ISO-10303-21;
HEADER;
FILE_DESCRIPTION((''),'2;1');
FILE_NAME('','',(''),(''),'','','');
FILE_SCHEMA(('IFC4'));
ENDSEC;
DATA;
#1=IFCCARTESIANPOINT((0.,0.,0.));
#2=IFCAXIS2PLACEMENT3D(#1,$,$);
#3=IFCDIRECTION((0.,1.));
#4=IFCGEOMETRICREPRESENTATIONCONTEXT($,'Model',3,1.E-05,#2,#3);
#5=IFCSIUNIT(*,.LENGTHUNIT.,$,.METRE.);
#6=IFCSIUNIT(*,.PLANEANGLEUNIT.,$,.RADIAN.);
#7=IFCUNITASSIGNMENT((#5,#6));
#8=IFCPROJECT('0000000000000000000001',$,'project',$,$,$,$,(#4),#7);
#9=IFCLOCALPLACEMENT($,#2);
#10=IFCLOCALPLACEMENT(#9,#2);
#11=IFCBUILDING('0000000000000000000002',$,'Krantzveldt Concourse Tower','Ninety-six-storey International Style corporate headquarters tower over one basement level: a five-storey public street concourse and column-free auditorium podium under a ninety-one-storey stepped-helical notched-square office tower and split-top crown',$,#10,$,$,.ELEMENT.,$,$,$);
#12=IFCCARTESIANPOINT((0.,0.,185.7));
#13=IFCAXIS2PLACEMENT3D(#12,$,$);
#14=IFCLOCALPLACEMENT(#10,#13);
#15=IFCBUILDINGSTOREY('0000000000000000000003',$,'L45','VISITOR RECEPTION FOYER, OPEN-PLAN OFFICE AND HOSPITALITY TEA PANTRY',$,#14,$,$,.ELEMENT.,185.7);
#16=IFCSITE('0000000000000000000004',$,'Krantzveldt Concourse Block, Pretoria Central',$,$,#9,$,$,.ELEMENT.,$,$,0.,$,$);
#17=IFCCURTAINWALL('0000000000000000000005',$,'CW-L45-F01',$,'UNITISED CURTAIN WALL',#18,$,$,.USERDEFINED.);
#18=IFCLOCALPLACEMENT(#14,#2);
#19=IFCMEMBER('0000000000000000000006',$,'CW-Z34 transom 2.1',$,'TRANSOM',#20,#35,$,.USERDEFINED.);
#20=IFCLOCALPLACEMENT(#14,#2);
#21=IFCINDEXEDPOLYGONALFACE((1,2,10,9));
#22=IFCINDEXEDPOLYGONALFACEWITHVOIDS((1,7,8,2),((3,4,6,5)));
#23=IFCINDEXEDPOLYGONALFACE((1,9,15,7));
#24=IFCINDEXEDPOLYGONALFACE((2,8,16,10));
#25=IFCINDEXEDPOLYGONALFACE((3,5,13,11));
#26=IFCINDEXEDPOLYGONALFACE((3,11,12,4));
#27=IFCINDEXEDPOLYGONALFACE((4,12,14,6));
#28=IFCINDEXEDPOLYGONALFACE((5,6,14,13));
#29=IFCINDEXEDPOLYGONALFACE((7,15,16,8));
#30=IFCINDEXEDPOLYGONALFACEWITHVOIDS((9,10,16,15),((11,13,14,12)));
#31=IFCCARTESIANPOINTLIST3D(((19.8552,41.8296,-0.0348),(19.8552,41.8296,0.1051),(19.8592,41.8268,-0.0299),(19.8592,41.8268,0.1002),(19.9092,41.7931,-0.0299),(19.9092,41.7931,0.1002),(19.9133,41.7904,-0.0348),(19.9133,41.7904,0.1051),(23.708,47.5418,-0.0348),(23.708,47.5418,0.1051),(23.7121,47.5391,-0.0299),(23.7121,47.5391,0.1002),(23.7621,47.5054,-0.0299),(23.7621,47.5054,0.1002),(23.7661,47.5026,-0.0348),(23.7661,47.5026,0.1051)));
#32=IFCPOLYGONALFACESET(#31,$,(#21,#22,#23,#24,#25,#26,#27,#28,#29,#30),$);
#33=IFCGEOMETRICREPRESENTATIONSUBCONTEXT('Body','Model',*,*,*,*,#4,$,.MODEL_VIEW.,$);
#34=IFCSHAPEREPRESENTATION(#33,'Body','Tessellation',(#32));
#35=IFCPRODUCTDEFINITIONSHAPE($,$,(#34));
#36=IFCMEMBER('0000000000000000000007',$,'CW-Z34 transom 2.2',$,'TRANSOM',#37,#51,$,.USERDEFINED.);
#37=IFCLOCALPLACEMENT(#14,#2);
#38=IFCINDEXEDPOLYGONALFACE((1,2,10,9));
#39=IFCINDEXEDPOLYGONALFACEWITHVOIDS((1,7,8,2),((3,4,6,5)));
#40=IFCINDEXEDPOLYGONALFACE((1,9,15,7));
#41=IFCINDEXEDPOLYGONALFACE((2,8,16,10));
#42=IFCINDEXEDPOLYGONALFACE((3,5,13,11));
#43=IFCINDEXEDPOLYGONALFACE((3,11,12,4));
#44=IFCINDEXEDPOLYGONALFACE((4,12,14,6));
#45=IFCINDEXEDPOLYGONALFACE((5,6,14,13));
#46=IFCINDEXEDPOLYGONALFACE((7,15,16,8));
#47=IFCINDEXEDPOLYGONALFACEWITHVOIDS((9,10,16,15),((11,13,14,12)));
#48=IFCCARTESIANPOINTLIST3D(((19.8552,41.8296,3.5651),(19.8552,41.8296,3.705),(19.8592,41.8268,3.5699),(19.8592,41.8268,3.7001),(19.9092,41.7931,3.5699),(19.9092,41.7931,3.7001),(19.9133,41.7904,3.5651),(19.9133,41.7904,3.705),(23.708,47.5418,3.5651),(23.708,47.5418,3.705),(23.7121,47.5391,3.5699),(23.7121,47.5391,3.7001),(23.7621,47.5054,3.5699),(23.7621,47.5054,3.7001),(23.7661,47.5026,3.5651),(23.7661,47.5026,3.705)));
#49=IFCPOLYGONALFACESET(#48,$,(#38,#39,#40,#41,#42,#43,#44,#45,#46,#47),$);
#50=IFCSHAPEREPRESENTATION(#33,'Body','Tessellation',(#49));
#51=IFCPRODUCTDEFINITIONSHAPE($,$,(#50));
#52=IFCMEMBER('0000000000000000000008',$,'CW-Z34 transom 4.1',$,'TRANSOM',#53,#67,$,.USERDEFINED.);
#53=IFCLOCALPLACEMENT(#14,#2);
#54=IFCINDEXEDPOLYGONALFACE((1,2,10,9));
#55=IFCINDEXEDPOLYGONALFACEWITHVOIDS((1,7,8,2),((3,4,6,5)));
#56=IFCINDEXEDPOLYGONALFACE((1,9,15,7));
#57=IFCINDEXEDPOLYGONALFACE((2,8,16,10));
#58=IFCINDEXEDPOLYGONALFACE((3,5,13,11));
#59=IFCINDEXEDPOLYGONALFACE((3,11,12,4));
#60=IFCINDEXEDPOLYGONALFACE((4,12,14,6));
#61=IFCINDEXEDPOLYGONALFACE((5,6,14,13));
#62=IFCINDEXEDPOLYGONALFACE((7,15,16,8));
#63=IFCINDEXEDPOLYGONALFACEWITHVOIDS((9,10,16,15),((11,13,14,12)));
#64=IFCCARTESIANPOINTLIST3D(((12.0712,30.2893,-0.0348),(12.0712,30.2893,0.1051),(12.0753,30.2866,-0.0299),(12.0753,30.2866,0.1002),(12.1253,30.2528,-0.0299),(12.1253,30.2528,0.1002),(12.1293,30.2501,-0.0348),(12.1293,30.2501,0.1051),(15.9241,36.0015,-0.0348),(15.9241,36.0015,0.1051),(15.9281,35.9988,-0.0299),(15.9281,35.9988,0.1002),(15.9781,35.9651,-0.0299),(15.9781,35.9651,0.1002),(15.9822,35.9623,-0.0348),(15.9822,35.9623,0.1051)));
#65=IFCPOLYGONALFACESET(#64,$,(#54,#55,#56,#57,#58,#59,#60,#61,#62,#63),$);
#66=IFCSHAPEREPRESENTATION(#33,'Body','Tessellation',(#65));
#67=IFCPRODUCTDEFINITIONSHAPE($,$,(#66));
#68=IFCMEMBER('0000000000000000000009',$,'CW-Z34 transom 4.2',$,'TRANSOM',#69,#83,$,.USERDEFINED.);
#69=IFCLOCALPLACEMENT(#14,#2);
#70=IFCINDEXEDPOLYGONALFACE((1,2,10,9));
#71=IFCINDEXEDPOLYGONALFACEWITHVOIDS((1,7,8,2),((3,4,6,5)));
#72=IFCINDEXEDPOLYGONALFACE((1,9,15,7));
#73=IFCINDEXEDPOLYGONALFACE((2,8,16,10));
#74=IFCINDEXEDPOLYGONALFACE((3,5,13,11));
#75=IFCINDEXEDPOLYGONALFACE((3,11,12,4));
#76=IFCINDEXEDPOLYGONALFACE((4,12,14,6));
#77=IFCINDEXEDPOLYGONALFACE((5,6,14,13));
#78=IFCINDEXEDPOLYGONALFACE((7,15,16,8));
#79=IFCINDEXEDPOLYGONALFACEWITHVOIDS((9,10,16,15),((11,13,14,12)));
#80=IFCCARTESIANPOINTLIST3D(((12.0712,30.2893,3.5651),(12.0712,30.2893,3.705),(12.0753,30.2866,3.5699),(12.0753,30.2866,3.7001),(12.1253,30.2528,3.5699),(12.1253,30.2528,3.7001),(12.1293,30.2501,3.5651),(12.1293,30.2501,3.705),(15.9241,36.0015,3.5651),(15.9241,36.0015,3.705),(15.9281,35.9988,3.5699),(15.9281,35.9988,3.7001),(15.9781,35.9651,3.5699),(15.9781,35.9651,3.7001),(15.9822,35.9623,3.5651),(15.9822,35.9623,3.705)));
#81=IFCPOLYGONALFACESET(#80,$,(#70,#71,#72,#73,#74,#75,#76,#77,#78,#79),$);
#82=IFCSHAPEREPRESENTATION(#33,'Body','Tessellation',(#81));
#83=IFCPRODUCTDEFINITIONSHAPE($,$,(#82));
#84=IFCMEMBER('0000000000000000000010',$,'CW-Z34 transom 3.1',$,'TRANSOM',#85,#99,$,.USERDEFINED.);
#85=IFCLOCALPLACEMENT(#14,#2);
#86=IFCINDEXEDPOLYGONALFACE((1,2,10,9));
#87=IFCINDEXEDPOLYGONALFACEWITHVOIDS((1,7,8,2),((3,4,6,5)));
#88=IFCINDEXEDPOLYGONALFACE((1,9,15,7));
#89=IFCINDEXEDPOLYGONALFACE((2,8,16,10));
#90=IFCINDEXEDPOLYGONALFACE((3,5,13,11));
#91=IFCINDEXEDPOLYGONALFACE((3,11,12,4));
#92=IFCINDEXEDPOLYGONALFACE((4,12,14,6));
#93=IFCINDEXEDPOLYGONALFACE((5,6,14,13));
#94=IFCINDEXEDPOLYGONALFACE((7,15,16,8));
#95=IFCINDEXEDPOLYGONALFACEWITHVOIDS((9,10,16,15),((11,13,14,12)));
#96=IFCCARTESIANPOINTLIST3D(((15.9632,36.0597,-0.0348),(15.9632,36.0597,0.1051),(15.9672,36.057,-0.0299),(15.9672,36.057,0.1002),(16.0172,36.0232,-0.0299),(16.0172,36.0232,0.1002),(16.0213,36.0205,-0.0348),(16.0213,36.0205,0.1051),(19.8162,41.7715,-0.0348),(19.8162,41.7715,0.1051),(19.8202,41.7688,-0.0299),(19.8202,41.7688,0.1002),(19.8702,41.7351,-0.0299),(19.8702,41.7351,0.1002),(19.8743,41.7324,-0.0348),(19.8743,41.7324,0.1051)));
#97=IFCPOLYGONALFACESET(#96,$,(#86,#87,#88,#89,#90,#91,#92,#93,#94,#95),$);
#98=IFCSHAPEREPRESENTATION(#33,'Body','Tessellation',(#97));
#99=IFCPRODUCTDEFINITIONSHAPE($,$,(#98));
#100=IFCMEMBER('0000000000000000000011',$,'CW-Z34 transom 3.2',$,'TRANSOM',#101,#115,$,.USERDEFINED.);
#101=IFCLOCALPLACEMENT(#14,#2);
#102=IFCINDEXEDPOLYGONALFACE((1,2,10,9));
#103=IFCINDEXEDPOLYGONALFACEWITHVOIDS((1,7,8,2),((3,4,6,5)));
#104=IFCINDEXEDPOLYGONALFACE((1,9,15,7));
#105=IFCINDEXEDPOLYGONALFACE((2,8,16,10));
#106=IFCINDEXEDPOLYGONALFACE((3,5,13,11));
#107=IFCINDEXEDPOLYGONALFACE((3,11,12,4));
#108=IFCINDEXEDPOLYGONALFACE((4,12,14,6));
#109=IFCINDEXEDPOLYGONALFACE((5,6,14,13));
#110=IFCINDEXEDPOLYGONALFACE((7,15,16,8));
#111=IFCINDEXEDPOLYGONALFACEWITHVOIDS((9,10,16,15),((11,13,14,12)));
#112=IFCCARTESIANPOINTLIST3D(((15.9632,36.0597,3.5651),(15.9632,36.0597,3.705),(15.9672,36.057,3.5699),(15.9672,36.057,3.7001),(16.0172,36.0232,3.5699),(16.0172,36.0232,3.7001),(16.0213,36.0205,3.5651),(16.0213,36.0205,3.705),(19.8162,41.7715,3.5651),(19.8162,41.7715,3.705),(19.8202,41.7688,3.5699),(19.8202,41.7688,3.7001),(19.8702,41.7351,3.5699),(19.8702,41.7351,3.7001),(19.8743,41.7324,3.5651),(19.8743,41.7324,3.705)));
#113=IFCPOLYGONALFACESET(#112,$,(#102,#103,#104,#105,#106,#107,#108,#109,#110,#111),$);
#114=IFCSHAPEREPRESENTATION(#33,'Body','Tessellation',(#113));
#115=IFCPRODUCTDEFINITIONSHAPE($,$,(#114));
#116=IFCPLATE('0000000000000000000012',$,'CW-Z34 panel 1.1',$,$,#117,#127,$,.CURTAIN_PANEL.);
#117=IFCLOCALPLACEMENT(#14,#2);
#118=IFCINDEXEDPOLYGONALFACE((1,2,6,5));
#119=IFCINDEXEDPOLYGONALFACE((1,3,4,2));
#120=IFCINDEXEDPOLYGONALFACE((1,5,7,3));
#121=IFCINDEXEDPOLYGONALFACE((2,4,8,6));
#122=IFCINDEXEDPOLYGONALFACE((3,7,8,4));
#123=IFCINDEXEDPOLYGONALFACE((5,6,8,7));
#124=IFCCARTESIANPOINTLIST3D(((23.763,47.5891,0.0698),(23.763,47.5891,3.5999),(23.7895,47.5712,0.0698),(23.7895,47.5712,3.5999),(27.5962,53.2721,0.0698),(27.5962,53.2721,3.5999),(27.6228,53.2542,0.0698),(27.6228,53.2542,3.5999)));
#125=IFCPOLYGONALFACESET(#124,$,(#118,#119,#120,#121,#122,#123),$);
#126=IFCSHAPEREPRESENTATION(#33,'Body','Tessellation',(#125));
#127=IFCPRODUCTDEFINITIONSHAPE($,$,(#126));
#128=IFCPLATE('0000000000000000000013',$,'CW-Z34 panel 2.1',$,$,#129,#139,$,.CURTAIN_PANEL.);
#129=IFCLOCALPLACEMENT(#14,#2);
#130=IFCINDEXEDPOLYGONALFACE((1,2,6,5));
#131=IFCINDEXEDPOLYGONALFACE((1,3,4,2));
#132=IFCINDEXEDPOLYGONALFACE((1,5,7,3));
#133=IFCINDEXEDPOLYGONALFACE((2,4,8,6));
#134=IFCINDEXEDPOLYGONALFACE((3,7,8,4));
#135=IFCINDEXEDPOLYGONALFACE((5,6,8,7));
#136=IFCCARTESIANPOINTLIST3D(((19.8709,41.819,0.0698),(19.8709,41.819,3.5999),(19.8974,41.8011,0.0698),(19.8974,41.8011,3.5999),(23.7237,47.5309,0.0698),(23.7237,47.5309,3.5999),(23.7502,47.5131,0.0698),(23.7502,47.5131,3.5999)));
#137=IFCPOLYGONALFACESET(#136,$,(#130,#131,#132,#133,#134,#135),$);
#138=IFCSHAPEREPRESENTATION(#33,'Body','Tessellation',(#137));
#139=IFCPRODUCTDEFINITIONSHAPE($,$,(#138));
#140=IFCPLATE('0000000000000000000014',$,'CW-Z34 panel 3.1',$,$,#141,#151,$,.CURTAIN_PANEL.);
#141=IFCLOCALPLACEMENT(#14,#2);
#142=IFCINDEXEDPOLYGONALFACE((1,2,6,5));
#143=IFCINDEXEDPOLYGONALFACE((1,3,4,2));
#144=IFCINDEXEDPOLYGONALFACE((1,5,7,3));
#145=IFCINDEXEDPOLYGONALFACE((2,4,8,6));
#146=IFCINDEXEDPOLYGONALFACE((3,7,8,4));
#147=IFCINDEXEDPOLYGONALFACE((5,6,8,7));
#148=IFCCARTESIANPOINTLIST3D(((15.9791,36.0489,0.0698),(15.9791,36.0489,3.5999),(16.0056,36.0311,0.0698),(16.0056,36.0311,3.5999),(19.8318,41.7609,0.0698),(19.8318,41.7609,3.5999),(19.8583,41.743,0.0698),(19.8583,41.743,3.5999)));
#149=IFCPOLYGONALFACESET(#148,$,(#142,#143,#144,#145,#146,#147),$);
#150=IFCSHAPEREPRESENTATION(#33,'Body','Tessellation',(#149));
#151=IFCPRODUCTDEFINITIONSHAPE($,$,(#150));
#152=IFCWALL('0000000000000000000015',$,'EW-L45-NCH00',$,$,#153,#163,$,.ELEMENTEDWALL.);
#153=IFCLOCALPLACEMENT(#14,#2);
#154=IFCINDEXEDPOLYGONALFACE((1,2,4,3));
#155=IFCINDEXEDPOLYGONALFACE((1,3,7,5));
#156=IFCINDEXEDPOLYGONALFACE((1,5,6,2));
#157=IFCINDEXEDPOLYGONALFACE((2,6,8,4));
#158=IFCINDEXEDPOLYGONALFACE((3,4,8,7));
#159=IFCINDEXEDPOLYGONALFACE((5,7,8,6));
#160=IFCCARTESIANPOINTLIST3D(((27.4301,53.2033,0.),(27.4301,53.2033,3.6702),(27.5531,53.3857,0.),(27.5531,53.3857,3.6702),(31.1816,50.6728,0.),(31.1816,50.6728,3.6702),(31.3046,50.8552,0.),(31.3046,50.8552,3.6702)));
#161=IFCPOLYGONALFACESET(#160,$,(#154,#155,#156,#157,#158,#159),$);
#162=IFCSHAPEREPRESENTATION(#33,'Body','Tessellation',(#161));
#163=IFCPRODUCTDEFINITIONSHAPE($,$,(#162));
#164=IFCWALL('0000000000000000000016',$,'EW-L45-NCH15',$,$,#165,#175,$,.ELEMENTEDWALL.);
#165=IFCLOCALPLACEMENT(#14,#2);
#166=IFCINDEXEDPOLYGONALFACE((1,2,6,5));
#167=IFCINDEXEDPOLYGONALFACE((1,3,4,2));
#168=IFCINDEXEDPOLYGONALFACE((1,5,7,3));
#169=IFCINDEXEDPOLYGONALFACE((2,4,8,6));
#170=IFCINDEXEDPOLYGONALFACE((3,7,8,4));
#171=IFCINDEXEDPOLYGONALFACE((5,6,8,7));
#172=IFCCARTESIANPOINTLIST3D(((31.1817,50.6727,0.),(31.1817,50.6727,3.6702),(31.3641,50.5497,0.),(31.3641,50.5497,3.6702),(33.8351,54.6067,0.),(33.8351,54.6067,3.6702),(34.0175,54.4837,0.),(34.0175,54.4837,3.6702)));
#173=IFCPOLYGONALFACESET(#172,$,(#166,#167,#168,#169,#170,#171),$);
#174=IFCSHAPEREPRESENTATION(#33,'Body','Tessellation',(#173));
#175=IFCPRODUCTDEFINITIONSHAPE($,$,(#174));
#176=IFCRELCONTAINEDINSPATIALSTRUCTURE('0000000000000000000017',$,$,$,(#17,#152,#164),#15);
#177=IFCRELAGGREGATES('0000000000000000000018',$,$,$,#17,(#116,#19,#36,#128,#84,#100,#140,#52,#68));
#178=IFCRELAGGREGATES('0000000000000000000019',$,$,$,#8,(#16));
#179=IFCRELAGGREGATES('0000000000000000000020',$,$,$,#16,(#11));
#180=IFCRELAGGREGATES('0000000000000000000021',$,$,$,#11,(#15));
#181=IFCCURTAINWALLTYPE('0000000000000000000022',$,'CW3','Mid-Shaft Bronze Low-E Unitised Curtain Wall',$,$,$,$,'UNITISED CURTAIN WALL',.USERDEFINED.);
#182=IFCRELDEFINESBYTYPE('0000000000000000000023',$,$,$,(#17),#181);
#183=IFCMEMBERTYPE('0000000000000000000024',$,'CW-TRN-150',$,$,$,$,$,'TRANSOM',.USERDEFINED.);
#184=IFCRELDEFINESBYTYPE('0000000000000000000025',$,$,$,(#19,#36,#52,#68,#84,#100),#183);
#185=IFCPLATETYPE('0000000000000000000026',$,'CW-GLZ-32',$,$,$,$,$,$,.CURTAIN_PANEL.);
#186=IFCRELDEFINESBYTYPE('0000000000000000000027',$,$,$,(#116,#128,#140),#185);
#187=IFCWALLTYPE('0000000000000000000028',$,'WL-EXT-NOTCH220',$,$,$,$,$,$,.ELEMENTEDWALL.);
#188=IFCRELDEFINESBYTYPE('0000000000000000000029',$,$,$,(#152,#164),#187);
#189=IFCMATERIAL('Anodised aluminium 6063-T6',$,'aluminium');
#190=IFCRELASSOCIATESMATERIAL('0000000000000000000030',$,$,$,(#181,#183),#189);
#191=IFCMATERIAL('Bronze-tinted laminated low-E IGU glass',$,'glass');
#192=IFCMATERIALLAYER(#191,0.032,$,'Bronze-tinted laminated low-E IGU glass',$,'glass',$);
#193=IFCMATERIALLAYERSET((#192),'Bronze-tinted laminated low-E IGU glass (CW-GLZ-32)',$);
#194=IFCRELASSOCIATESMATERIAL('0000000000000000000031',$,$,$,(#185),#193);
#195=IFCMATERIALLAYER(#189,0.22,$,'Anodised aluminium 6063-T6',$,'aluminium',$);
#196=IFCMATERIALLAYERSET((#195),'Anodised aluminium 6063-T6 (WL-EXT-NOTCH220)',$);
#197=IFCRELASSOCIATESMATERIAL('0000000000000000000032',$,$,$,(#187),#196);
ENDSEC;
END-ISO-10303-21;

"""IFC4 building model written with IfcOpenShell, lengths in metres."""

from ifc_helpers import new_model, si_unit, direction, frame, frame_2d, origin, origin_2d, place, context, subcontext, project, spatial, rectangle, hollow_rectangle, extrude, source, transform, mapped, material, layer, layer_set, material_profile, profile_set, type_object, type_shapes, element, aggregate, save


model = new_model("IFC4")

# Units and contexts
model_context = context("Model", 3, precision=1e-05, world=origin(), true_north=direction((0.0, 1.0)))
body_context = subcontext(model_context, "Body", "Model", "MODEL_VIEW")
ifc_project = project(units=[si_unit("LENGTHUNIT", "METRE"), si_unit("PLANEANGLEUNIT", "RADIAN")], contexts=[model_context])

# Site, building, storey
site_placement = place(None, origin())
site = spatial("IfcSite", under=ifc_project, at=site_placement, Name="Krantzveldt Concourse Block, Pretoria Central", CompositionType="ELEMENT", RefElevation=0.0)
building_placement = place(site_placement, origin())
building = spatial("IfcBuilding", under=site, at=building_placement, Name="Krantzveldt Concourse Tower", Description="Ninety-six-storey International Style corporate headquarters tower over one basement level: a five-storey public street concourse and column-free auditorium podium under a ninety-one-storey stepped-helical notched-square office tower and split-top crown", CompositionType="ELEMENT")
storey_placement = place(building_placement, frame((0.0, 0.0, 185.7)))
storey = spatial("IfcBuildingStorey", under=building, at=storey_placement, Name="L45", Description="VISITOR RECEPTION FOYER, OPEN-PLAN OFFICE AND HOSPITALITY TEA PANTRY", CompositionType="ELEMENT", Elevation=185.7)

# Curtain wall
ifc_material_1 = material(Name="Anodised aluminium 6063-T6", Category="aluminium")
curtain_wall_type = type_object("IfcCurtainWallType", Name="CW3", Description="Mid-Shaft Bronze Low-E Unitised Curtain Wall", ElementType="UNITISED CURTAIN WALL", PredefinedType="USERDEFINED", material=ifc_material_1)
curtain_wall_1_placement = place(storey_placement, origin())
curtain_wall_1 = element("IfcCurtainWall", 1, at=curtain_wall_1_placement, inside=storey, type_object=curtain_wall_type, Name="CW-L45-F01", ObjectType="UNITISED CURTAIN WALL", PredefinedType="USERDEFINED")

# Members
ifc_material_profile_1 = material_profile(ifc_material_1, hollow_rectangle(XDim=0.0701, YDim=0.1399, WallThickness=0.0049, at=origin_2d()), Name="Anodised aluminium 6063-T6", Category="aluminium")
ifc_profile_set_1 = profile_set([ifc_material_profile_1], Name="Anodised aluminium 6063-T6 - ALU-TRAN 140x70x5")
member_type_1 = type_object("IfcMemberType", Name="CW-TRN-150", ElementType="TRANSOM", PredefinedType="USERDEFINED", material=ifc_profile_set_1)
shared_shape_1 = source(origin(), body_context, "Body", "SweptSolid", [
    extrude(hollow_rectangle(XDim=0.0701, YDim=0.1399, WallThickness=0.0049, at=origin_2d()), origin(), (0.0, 0.0, 1.0), 6.8901),
])
member_1_placement = place(storey_placement, frame((23.7371, 47.5222, 0.0352), z_axis=(-0.559181, -0.829045, 0.0), x_axis=(0.829045, -0.559181, 0.0)))
member_1 = element("IfcMember", 2, at=member_1_placement, type_object=member_type_1, Name="CW-Z34 transom 2.1", ObjectType="TRANSOM", PredefinedType="USERDEFINED", context=body_context, shape_type="MappedRepresentation", body=[
    mapped(shared_shape_1, transform((0.0, 0.0, 0.0), x_axis=(1.0, 0.0, 0.0), y_axis=(0.0, 1.0, 0.0), z_axis=(0.0, 0.0, 1.0), scale=1.0)),
])
member_2_placement = place(storey_placement, frame((23.7371, 47.5222, 3.635), z_axis=(-0.559181, -0.829045, 0.0), x_axis=(0.829045, -0.559181, 0.0)))
member_2 = element("IfcMember", 3, at=member_2_placement, type_object=member_type_1, Name="CW-Z34 transom 2.2", ObjectType="TRANSOM", PredefinedType="USERDEFINED", context=body_context, shape_type="MappedRepresentation", body=[
    mapped(shared_shape_1, transform((0.0, 0.0, 0.0), x_axis=(1.0, 0.0, 0.0), y_axis=(0.0, 1.0, 0.0), z_axis=(0.0, 0.0, 1.0), scale=1.0)),
])
member_3_placement = place(storey_placement, frame((15.9531, 35.9819, 0.0352), z_axis=(-0.559181, -0.829045, 0.0), x_axis=(0.829045, -0.559181, 0.0)))
member_3 = element("IfcMember", 4, at=member_3_placement, type_object=member_type_1, Name="CW-Z34 transom 4.1", ObjectType="TRANSOM", PredefinedType="USERDEFINED", context=body_context, shape_type="MappedRepresentation", body=[
    mapped(shared_shape_1, transform((0.0, 0.0, 0.0), x_axis=(1.0, 0.0, 0.0), y_axis=(0.0, 1.0, 0.0), z_axis=(0.0, 0.0, 1.0), scale=1.0)),
])
member_4_placement = place(storey_placement, frame((15.9531, 35.9819, 3.635), z_axis=(-0.559181, -0.829045, 0.0), x_axis=(0.829045, -0.559181, 0.0)))
member_4 = element("IfcMember", 5, at=member_4_placement, type_object=member_type_1, Name="CW-Z34 transom 4.2", ObjectType="TRANSOM", PredefinedType="USERDEFINED", context=body_context, shape_type="MappedRepresentation", body=[
    mapped(shared_shape_1, transform((0.0, 0.0, 0.0), x_axis=(1.0, 0.0, 0.0), y_axis=(0.0, 1.0, 0.0), z_axis=(0.0, 0.0, 1.0), scale=1.0)),
])
shared_shape_2 = source(origin(), body_context, "Body", "SweptSolid", [
    extrude(hollow_rectangle(XDim=0.0701, YDim=0.1399, WallThickness=0.0049, at=origin_2d()), origin(), (0.0, 0.0, 1.0), 6.8899),
])
member_5_placement = place(storey_placement, frame((19.8452, 41.752, 0.0352), z_axis=(-0.559222, -0.829018, 0.0), x_axis=(0.829018, -0.559222, 0.0)))
member_5 = element("IfcMember", 6, at=member_5_placement, type_object=member_type_1, Name="CW-Z34 transom 3.1", ObjectType="TRANSOM", PredefinedType="USERDEFINED", context=body_context, shape_type="MappedRepresentation", body=[
    mapped(shared_shape_2, transform((0.0, 0.0, 0.0), x_axis=(1.0, 0.0, 0.0), y_axis=(0.0, 1.0, 0.0), z_axis=(0.0, 0.0, 1.0), scale=1.0)),
])
member_6_placement = place(storey_placement, frame((19.8452, 41.752, 3.635), z_axis=(-0.559222, -0.829018, 0.0), x_axis=(0.829018, -0.559222, 0.0)))
member_6 = element("IfcMember", 7, at=member_6_placement, type_object=member_type_1, Name="CW-Z34 transom 3.2", ObjectType="TRANSOM", PredefinedType="USERDEFINED", context=body_context, shape_type="MappedRepresentation", body=[
    mapped(shared_shape_2, transform((0.0, 0.0, 0.0), x_axis=(1.0, 0.0, 0.0), y_axis=(0.0, 1.0, 0.0), z_axis=(0.0, 0.0, 1.0), scale=1.0)),
])

# Plates
ifc_material_2 = material(Name="Bronze-tinted laminated low-E IGU glass", Category="glass")
ifc_layer_1 = layer(ifc_material_2, 0.032, Name="Bronze-tinted laminated low-E IGU glass", Category="glass")
ifc_layer_set_1 = layer_set([ifc_layer_1], Name="Bronze-tinted laminated low-E IGU glass (CW-GLZ-32)")
plate_type = type_object("IfcPlateType", Name="CW-GLZ-32", PredefinedType="CURTAIN_PANEL", material=ifc_layer_set_1)
shared_shape_3 = source(origin(), body_context, "Body", "SweptSolid", [
    extrude(rectangle(XDim=6.855, YDim=0.032, at=origin_2d()), origin(), (0.0, 0.0, 1.0), 3.53),
])
plate_1_placement = place(storey_placement, frame((25.6929, 50.4216, 0.0698), z_axis=(0.0, 0.0, 1.0), x_axis=(-0.559193, -0.829038, 0.0)))
plate_1 = element("IfcPlate", 8, at=plate_1_placement, type_object=plate_type, Name="CW-Z34 panel 1.1", PredefinedType="CURTAIN_PANEL", context=body_context, shape_type="MappedRepresentation", body=[
    mapped(shared_shape_3, transform((0.0, 0.0, 0.0), x_axis=(1.0, 0.0, 0.0), y_axis=(0.0, 1.0, 0.0), z_axis=(0.0, 0.0, 1.0), scale=1.0)),
])
shared_shape_4 = source(origin(), body_context, "Body", "SweptSolid", [
    extrude(rectangle(XDim=6.8899, YDim=0.032, at=origin_2d()), origin(), (0.0, 0.0, 1.0), 3.53),
])
type_shapes(plate_type, [shared_shape_3, shared_shape_4])
plate_2_placement = place(storey_placement, frame((21.8105, 44.666, 0.0698), z_axis=(0.0, 0.0, 1.0), x_axis=(-0.559193, -0.829038, 0.0)))
plate_2 = element("IfcPlate", 9, at=plate_2_placement, type_object=plate_type, Name="CW-Z34 panel 2.1", PredefinedType="CURTAIN_PANEL", context=body_context, shape_type="MappedRepresentation", body=[
    mapped(shared_shape_4, transform((0.0, 0.0, 0.0), x_axis=(1.0, 0.0, 0.0), y_axis=(0.0, 1.0, 0.0), z_axis=(0.0, 0.0, 1.0), scale=1.0)),
])
plate_3_placement = place(storey_placement, frame((17.9187, 38.896, 0.0698), z_axis=(0.0, 0.0, 1.0), x_axis=(-0.559193, -0.829038, 0.0)))
plate_3 = element("IfcPlate", 10, at=plate_3_placement, type_object=plate_type, Name="CW-Z34 panel 3.1", PredefinedType="CURTAIN_PANEL", context=body_context, shape_type="MappedRepresentation", body=[
    mapped(shared_shape_4, transform((0.0, 0.0, 0.0), x_axis=(1.0, 0.0, 0.0), y_axis=(0.0, 1.0, 0.0), z_axis=(0.0, 0.0, 1.0), scale=1.0)),
])
aggregate(curtain_wall_1, [plate_1, member_1, member_2, plate_2, member_5, member_6, plate_3, member_3, member_4])

# Walls
ifc_layer_2 = layer(ifc_material_1, 0.22, Name="Anodised aluminium 6063-T6", Category="aluminium")
ifc_layer_set_2 = layer_set([ifc_layer_2], Name="Anodised aluminium 6063-T6 (WL-EXT-NOTCH220)")
wall_type_1 = type_object("IfcWallType", Name="WL-EXT-NOTCH220", PredefinedType="ELEMENTEDWALL", material=ifc_layer_set_2)
wall_1_placement = place(storey_placement, frame((31.2432, 50.7639, 0.0), z_axis=(0.0, 0.0, 1.0), x_axis=(-0.829025, 0.559212, 0.0)))
element("IfcWall", 11, at=wall_1_placement, inside=storey, type_object=wall_type_1, Name="EW-L45-NCH00", PredefinedType="ELEMENTEDWALL", context=body_context, shape_type="SweptSolid", body=[
    extrude(rectangle(XDim=4.5251, YDim=0.22, at=frame_2d((2.2627, 0.0))), origin(), (0.0, 0.0, 1.0), 3.6702),
])
wall_2_placement = place(storey_placement, frame((33.9263, 54.5452, 0.0), z_axis=(0.0, 0.0, 1.0), x_axis=(-0.55918, -0.829046, 0.0)))
element("IfcWall", 12, at=wall_2_placement, inside=storey, type_object=wall_type_1, Name="EW-L45-NCH15", PredefinedType="ELEMENTEDWALL", context=body_context, shape_type="SweptSolid", body=[
    extrude(rectangle(XDim=4.7451, YDim=0.22, at=frame_2d((2.3726, 0.0))), origin(), (0.0, 0.0, 1.0), 3.6702),
])

save(model, "model.ifc")
